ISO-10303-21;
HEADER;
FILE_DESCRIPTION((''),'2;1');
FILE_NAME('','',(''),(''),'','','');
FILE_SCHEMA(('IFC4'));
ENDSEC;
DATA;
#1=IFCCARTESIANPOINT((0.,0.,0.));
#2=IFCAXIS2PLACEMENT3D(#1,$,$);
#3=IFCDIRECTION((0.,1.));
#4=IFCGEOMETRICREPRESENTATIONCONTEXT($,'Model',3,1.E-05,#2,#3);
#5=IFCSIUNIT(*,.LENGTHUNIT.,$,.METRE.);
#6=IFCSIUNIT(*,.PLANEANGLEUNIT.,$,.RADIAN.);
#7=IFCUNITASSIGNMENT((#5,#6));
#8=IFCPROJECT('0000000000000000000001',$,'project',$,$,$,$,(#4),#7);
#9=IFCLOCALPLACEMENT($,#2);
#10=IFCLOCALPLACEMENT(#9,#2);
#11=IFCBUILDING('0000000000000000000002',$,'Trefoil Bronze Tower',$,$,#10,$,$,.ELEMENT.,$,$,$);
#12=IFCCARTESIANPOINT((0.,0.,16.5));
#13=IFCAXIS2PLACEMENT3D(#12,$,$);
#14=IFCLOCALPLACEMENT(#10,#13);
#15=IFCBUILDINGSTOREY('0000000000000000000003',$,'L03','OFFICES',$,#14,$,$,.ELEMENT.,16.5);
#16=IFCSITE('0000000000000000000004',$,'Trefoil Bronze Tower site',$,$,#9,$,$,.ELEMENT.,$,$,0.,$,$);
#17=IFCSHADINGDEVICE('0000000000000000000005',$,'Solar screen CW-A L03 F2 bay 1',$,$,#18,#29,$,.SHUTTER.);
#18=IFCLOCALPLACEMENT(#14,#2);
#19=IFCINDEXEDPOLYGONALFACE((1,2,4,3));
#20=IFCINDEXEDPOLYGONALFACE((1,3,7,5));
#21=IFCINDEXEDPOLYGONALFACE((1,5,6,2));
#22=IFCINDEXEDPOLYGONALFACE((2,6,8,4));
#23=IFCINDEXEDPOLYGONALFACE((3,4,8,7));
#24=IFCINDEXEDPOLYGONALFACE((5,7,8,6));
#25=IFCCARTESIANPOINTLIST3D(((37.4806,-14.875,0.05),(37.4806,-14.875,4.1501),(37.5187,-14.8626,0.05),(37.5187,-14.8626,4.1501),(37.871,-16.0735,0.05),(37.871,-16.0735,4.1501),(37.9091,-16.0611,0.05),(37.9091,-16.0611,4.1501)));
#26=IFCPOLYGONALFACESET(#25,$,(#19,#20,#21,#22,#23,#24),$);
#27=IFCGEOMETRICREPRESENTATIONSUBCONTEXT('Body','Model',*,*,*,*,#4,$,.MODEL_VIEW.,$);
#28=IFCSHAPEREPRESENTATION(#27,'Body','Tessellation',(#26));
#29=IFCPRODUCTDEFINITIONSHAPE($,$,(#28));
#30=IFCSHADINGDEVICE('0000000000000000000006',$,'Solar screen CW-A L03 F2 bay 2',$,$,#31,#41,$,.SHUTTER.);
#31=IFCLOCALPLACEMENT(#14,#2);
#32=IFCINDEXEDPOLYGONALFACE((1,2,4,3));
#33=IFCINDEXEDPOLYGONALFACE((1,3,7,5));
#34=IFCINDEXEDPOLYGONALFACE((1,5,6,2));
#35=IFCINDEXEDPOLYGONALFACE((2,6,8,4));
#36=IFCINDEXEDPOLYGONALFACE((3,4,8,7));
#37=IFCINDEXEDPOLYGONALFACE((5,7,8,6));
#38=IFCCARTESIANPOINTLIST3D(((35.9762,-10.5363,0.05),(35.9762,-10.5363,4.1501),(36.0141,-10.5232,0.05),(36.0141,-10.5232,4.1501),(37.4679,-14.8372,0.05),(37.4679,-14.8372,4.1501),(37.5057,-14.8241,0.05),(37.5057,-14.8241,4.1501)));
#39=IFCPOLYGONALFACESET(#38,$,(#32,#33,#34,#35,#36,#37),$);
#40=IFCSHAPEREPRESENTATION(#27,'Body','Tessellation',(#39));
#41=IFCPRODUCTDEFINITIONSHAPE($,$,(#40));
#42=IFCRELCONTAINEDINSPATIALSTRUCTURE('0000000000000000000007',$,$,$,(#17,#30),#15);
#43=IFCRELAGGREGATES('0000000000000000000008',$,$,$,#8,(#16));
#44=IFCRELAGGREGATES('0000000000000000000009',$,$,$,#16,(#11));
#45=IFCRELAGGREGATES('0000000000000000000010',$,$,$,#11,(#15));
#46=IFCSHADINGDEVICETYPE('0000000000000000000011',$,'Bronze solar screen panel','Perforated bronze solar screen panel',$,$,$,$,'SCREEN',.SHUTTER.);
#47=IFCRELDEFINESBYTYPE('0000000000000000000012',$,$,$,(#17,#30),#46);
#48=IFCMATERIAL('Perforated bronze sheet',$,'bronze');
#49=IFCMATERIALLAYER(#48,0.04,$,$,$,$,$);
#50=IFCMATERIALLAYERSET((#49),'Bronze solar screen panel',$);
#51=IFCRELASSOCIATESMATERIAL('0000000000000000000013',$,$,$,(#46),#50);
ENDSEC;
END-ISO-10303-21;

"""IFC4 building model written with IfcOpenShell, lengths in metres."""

from ifc_helpers import new_model, si_unit, direction, frame, origin, origin_2d, place, context, subcontext, project, spatial, rectangle, extrude, material, layer, layer_set, type_object, element, save


model = new_model("IFC4")

# Units and contexts
model_context = context("Model", 3, precision=1e-05, world=origin(), true_north=direction((0.0, 1.0)))
body_context = subcontext(model_context, "Body", "Model", "MODEL_VIEW")
ifc_project = project(units=[si_unit("LENGTHUNIT", "METRE"), si_unit("PLANEANGLEUNIT", "RADIAN")], contexts=[model_context])

# Site, building, storey
site_placement = place(None, origin())
site = spatial("IfcSite", under=ifc_project, at=site_placement, Name="Trefoil Bronze Tower site", CompositionType="ELEMENT", RefElevation=0.0)
building_placement = place(site_placement, origin())
building = spatial("IfcBuilding", under=site, at=building_placement, Name="Trefoil Bronze Tower", CompositionType="ELEMENT")
storey_placement = place(building_placement, frame((0.0, 0.0, 16.5)))
storey = spatial("IfcBuildingStorey", under=building, at=storey_placement, Name="L03", Description="OFFICES", CompositionType="ELEMENT", Elevation=16.5)

# Shading devices
ifc_material_1 = material(Name="Perforated bronze sheet", Category="bronze")
ifc_layer_1 = layer(ifc_material_1, 0.04)
ifc_layer_set_1 = layer_set([ifc_layer_1], Name="Bronze solar screen panel")
shading_device_type = type_object("IfcShadingDeviceType", Name="Bronze solar screen panel", Description="Perforated bronze solar screen panel", ElementType="SCREEN", PredefinedType="SHUTTER", material=ifc_layer_set_1)
shading_device_1_placement = place(storey_placement, frame((37.6948, -15.468, 0.05), z_axis=(0.0, 0.0, 1.0), x_axis=(-0.309728, 0.950825, 0.0)))
element("IfcShadingDevice", 1, at=shading_device_1_placement, inside=storey, type_object=shading_device_type, Name="Solar screen CW-A L03 F2 bay 1", PredefinedType="SHUTTER", context=body_context, shape_type="SweptSolid", body=[
    extrude(rectangle(XDim=1.2605, YDim=0.04, at=origin_2d()), origin(), (0.0, 0.0, 1.0), 4.1001),
])
shading_device_2_placement = place(storey_placement, frame((36.741, -12.6802, 0.05), z_axis=(0.0, 0.0, 1.0), x_axis=(-0.327674, 0.944791, 0.0)))
element("IfcShadingDevice", 2, at=shading_device_2_placement, inside=storey, type_object=shading_device_type, Name="Solar screen CW-A L03 F2 bay 2", PredefinedType="SHUTTER", context=body_context, shape_type="SweptSolid", body=[
    extrude(rectangle(XDim=4.5522, YDim=0.04, at=origin_2d()), origin(), (0.0, 0.0, 1.0), 4.1001),
])

save(model, "model.ifc")
